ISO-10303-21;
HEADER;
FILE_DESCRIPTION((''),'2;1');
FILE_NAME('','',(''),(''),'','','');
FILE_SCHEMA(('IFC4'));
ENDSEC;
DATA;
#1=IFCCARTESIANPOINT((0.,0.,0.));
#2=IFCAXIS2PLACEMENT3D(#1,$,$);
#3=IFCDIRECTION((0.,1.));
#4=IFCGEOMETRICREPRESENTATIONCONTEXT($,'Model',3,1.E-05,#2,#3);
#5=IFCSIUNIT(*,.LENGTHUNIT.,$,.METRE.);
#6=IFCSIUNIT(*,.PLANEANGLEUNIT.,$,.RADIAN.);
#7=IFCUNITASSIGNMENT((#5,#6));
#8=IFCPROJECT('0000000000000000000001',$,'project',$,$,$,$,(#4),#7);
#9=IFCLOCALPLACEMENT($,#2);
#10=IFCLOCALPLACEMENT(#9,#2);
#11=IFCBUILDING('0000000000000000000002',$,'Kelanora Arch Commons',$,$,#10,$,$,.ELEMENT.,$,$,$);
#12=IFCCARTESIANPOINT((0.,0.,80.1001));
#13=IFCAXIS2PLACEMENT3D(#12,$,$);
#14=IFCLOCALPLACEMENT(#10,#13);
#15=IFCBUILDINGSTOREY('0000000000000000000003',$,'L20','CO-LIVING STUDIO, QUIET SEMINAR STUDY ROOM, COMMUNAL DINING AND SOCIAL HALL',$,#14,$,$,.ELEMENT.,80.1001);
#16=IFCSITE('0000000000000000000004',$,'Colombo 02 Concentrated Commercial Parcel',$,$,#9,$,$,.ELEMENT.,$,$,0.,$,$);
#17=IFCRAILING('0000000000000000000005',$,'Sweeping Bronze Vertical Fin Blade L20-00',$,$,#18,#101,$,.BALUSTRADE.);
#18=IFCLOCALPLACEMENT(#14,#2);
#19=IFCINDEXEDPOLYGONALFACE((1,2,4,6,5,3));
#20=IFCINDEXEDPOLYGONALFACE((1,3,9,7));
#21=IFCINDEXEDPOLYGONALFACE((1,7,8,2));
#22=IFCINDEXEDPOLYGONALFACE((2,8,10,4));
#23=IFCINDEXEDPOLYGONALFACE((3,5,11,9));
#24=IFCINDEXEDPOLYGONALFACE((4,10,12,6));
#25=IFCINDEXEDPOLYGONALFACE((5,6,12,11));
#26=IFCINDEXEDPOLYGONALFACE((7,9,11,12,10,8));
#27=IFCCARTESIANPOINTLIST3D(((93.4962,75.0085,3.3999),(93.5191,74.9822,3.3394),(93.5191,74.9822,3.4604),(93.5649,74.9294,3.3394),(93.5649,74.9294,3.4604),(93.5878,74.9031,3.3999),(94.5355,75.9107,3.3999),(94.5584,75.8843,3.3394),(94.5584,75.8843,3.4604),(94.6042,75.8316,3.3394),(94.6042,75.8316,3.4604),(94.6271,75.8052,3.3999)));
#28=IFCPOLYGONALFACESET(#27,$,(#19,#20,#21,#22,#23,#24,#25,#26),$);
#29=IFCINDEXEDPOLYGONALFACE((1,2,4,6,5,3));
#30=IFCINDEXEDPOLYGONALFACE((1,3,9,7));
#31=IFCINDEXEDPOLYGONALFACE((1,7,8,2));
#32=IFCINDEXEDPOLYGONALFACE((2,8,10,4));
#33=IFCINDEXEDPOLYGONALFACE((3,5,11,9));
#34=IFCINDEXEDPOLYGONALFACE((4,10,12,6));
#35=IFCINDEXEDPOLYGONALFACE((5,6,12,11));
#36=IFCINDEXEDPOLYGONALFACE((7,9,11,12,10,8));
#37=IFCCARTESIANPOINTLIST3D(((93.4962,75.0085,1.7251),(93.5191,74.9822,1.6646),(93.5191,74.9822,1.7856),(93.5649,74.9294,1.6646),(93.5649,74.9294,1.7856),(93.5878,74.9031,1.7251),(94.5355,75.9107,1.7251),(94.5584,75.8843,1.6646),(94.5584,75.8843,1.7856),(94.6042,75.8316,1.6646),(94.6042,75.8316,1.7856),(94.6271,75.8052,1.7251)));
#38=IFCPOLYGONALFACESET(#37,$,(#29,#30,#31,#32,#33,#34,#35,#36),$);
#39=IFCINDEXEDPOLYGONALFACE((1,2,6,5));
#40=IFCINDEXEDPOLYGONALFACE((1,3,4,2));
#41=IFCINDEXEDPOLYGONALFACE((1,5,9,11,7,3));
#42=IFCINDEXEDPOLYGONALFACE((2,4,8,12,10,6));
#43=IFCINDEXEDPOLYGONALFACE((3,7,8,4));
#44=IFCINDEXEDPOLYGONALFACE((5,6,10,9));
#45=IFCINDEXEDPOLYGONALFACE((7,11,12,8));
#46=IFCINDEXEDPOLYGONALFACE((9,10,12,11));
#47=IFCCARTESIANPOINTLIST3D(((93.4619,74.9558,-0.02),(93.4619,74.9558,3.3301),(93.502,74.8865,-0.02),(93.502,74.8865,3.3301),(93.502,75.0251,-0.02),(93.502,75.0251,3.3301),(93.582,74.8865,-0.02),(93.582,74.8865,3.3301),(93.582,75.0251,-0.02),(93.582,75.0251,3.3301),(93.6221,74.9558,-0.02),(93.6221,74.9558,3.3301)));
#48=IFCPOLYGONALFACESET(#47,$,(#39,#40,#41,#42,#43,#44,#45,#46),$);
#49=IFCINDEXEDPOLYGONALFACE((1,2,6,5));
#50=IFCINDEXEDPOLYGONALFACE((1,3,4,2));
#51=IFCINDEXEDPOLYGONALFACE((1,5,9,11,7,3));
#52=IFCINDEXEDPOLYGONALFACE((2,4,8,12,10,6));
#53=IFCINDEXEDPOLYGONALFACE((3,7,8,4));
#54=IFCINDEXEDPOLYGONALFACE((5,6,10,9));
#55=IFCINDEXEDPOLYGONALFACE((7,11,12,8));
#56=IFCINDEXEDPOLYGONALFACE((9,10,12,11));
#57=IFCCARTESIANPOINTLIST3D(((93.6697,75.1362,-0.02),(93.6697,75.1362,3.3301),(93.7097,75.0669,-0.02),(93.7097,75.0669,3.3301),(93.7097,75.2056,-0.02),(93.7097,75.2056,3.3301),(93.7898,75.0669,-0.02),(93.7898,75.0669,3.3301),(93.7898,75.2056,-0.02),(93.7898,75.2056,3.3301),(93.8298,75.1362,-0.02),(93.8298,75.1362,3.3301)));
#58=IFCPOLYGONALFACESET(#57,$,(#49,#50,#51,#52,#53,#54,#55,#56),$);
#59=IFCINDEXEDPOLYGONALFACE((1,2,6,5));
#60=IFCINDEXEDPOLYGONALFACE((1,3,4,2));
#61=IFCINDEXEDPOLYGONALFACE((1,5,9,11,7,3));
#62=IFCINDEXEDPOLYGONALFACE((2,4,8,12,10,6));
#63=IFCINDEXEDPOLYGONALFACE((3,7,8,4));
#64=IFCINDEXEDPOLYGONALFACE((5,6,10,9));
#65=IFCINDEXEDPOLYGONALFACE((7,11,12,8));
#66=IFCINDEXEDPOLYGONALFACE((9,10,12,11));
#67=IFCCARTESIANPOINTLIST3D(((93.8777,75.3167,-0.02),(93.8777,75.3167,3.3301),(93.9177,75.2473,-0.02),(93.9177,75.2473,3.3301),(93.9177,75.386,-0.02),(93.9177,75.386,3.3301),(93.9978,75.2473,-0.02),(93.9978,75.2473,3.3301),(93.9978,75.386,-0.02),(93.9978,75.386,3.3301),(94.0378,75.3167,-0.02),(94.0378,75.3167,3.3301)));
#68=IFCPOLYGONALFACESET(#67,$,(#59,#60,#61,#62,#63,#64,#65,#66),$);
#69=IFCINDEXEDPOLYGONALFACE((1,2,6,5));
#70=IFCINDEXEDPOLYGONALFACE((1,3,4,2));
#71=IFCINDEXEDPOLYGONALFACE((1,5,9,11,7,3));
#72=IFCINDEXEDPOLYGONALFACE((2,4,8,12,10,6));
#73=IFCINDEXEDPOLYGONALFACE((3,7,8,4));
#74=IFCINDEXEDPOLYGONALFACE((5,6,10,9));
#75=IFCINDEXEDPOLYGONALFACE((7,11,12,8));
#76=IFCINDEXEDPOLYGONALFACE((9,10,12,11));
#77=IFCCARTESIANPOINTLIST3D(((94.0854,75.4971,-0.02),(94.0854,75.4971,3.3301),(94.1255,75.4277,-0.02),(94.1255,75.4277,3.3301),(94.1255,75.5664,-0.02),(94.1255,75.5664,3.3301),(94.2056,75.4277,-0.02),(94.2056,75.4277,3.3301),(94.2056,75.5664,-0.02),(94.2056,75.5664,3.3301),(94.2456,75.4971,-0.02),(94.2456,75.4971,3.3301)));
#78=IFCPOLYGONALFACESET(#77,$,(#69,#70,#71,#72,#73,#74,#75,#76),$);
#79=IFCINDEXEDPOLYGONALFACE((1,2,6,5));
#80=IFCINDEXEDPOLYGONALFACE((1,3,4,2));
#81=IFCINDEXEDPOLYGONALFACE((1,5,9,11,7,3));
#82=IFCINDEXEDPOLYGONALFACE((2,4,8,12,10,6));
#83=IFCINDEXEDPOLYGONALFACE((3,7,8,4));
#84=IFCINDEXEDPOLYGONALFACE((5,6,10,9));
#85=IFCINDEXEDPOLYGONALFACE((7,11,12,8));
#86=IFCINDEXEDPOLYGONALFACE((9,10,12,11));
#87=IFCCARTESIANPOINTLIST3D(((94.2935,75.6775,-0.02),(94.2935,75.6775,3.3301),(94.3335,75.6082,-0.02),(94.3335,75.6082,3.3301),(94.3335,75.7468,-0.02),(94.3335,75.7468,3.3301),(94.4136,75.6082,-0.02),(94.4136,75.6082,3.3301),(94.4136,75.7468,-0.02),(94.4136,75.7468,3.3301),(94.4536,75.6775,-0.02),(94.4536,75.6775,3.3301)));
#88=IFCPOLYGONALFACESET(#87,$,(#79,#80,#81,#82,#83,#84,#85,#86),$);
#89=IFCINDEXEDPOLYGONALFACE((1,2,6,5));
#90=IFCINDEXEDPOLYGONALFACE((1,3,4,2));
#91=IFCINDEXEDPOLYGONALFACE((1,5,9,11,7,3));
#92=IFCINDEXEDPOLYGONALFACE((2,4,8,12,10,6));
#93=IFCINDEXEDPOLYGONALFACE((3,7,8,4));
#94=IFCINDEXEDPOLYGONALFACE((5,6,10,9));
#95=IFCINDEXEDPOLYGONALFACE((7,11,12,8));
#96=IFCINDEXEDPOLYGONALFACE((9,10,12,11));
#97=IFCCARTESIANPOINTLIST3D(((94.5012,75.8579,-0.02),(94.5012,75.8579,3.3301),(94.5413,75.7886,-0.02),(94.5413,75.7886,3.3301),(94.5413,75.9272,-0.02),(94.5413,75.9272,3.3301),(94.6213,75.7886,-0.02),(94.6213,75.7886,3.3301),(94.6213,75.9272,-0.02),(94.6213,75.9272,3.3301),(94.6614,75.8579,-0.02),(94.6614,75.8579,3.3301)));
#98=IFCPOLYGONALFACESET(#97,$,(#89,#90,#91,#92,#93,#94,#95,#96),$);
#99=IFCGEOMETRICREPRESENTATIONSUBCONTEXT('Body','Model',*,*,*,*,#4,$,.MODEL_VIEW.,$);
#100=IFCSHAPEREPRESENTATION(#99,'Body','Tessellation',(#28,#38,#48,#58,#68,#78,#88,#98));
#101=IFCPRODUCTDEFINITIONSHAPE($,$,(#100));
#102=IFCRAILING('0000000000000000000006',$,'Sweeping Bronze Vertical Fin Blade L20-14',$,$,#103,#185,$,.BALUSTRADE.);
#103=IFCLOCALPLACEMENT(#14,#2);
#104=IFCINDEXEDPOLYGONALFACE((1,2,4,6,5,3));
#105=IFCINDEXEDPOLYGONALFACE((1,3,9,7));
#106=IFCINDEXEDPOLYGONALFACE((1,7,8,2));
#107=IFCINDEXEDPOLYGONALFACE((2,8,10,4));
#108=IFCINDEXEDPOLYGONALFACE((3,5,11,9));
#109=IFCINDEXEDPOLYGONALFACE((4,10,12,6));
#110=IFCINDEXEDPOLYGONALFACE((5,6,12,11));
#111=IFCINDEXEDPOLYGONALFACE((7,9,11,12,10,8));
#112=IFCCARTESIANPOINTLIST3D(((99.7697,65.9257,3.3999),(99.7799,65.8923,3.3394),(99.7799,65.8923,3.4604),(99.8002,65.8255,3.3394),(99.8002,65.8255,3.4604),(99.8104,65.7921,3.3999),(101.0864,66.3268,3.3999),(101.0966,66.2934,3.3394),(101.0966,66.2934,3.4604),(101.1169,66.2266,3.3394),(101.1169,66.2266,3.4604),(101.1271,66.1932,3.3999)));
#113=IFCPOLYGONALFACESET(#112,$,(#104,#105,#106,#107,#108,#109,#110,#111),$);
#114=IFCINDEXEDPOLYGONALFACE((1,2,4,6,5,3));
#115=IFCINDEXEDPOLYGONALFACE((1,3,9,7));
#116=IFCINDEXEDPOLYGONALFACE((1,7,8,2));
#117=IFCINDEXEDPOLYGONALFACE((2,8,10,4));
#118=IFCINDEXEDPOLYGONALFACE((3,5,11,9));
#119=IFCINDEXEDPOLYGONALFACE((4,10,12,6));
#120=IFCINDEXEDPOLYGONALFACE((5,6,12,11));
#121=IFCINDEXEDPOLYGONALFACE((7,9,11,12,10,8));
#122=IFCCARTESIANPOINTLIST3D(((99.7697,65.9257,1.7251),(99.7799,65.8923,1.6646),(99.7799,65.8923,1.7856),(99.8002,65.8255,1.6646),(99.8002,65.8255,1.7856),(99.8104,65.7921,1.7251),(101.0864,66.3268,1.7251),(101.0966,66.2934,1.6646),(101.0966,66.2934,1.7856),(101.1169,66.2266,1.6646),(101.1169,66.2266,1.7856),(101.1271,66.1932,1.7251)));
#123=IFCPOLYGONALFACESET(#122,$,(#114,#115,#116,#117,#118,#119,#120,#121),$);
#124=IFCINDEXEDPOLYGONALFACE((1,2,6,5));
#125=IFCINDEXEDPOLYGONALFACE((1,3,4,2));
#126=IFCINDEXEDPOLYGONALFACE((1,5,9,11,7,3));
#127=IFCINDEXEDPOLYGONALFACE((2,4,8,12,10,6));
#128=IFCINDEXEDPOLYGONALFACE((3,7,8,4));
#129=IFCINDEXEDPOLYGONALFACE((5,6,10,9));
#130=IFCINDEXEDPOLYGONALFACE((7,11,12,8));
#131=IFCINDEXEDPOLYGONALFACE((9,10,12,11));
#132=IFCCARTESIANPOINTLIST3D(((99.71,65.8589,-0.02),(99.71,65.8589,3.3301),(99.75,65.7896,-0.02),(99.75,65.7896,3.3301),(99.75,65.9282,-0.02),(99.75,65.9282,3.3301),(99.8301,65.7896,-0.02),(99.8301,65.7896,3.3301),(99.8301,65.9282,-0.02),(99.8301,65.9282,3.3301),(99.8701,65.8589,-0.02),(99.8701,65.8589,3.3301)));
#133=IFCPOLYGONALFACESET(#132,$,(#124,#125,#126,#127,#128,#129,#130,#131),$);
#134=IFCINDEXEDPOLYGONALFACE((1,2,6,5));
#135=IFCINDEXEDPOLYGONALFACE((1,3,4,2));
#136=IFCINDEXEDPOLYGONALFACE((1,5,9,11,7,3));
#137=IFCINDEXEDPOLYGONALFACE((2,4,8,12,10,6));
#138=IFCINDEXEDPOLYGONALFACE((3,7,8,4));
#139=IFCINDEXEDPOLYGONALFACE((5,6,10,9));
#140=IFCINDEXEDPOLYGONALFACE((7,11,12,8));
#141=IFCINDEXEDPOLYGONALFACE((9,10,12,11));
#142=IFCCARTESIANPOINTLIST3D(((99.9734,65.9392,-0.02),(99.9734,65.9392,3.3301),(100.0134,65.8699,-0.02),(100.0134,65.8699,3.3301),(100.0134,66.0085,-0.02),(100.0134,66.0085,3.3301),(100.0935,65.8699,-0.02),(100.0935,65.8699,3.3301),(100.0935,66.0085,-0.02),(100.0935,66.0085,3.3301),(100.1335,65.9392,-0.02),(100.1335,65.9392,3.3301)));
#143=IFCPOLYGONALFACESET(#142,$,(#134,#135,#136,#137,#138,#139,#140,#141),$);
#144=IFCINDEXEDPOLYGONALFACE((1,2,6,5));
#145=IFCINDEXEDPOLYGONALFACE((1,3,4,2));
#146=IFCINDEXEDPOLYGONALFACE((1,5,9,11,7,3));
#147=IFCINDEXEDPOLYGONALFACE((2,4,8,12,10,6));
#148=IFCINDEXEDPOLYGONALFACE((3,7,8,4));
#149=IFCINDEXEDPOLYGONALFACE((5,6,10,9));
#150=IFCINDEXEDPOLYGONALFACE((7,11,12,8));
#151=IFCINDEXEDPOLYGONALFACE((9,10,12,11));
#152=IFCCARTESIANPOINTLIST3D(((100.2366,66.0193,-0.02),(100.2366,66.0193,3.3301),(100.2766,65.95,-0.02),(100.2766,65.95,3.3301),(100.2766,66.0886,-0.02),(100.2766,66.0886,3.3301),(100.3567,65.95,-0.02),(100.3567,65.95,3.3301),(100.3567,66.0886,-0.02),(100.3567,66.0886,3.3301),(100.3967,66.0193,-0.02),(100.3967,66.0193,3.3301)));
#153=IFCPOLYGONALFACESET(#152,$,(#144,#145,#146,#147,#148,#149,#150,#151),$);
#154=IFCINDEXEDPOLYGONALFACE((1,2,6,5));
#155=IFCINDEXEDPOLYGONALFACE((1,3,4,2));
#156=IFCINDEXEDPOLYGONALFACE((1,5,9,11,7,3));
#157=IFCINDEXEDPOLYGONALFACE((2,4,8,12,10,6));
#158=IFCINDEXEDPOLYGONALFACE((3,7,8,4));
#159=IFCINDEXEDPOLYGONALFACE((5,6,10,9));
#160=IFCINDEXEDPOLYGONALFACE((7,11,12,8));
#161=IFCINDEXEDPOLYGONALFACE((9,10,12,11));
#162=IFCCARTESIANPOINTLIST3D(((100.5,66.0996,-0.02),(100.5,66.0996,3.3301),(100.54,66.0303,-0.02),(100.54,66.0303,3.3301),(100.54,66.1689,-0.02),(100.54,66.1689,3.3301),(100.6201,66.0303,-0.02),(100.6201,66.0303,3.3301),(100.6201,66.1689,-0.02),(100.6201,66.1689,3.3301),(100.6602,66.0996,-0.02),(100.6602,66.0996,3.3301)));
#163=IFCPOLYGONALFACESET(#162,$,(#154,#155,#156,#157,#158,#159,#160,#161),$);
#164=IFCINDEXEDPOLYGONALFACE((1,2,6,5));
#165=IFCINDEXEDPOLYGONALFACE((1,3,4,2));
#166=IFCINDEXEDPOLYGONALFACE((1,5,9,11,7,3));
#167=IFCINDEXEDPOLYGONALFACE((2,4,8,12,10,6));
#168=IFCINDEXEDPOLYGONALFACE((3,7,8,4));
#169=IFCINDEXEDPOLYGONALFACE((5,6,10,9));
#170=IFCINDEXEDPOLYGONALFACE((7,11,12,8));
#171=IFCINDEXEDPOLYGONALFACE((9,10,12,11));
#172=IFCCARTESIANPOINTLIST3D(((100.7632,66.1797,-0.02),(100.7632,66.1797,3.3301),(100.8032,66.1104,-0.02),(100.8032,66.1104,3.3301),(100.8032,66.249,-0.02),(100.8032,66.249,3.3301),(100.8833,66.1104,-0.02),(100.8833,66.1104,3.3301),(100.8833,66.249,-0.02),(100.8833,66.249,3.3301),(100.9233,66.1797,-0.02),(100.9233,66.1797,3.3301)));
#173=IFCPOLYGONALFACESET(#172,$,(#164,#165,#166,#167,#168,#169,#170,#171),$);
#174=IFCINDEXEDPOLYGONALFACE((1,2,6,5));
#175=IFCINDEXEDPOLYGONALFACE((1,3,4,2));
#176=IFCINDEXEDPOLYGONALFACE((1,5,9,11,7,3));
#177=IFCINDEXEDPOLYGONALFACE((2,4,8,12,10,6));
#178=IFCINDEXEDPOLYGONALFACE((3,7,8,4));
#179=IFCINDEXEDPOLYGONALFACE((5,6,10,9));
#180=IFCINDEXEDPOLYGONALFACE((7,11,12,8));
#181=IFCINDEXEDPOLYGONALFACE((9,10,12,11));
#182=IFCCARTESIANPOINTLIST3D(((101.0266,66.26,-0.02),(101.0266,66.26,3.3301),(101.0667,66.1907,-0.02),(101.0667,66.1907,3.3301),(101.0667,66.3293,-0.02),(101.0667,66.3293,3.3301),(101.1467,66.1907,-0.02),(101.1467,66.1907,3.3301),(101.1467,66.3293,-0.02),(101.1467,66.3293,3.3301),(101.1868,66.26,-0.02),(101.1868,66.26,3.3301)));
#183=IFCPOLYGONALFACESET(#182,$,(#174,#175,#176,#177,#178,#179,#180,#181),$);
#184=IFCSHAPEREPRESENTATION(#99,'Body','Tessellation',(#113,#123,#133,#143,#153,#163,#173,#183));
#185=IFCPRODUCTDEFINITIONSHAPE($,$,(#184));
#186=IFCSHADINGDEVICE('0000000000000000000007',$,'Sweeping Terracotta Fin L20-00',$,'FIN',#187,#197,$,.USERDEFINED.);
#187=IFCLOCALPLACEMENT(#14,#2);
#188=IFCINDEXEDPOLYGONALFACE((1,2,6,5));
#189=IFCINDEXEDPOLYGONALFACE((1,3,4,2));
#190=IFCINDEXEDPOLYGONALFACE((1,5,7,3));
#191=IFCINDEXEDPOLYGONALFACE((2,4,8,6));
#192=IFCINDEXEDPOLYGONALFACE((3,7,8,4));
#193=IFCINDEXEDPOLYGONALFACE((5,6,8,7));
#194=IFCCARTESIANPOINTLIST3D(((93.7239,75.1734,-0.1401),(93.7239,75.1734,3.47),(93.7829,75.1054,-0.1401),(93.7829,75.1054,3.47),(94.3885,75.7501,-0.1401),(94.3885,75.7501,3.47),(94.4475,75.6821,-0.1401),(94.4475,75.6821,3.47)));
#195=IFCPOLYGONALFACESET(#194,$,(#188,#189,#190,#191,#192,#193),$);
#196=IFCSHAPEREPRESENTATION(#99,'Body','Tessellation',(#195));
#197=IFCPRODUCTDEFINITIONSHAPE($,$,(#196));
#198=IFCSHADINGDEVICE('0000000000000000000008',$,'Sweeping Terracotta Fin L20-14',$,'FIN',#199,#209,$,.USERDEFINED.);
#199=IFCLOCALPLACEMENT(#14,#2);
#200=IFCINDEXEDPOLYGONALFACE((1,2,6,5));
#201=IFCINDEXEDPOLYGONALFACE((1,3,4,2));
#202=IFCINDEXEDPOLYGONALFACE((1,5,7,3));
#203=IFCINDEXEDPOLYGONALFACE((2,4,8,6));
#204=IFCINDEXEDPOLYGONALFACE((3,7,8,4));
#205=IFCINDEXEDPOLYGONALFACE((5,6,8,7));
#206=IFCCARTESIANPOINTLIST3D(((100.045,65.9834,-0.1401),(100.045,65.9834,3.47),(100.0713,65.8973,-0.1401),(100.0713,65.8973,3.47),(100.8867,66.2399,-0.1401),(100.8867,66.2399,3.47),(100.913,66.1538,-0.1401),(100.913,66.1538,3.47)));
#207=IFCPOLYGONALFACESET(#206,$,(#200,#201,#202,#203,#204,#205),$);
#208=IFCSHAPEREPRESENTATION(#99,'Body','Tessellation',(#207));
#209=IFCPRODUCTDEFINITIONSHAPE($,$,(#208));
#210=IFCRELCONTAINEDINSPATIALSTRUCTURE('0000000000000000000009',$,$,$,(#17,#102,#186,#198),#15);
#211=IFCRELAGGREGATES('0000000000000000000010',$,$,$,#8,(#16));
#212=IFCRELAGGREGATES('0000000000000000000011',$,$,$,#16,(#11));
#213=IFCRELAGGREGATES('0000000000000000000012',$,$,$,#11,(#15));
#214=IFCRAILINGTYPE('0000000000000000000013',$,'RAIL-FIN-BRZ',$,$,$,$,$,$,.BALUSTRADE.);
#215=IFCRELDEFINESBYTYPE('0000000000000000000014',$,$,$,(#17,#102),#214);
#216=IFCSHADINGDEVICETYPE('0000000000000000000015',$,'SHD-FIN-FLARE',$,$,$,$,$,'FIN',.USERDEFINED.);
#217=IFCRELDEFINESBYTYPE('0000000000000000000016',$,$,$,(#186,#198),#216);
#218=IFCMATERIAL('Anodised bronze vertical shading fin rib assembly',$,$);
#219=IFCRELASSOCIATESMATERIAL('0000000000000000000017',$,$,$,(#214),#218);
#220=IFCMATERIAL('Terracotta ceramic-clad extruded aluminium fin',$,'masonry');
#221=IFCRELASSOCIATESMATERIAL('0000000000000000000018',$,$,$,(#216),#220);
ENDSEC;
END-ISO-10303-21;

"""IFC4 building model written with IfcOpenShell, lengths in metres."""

from ifc_helpers import new_model, si_unit, direction, frame, origin, origin_2d, place, context, subcontext, project, spatial, polyline, rectangle, outline, extrude, source, transform, mapped, material, type_object, element, save


model = new_model("IFC4")

# Units and contexts
model_context = context("Model", 3, precision=1e-05, world=origin(), true_north=direction((0.0, 1.0)))
body_context = subcontext(model_context, "Body", "Model", "MODEL_VIEW")
ifc_project = project(units=[si_unit("LENGTHUNIT", "METRE"), si_unit("PLANEANGLEUNIT", "RADIAN")], contexts=[model_context])

# Site, building, storey
site_placement = place(None, origin())
site = spatial("IfcSite", under=ifc_project, at=site_placement, Name="Colombo 02 Concentrated Commercial Parcel", CompositionType="ELEMENT", RefElevation=0.0)
building_placement = place(site_placement, origin())
building = spatial("IfcBuilding", under=site, at=building_placement, Name="Kelanora Arch Commons", CompositionType="ELEMENT")
storey_placement = place(building_placement, frame((0.0, 0.0, 80.1001)))
storey = spatial("IfcBuildingStorey", under=building, at=storey_placement, Name="L20", Description="CO-LIVING STUDIO, QUIET SEMINAR STUDY ROOM, COMMUNAL DINING AND SOCIAL HALL", CompositionType="ELEMENT", Elevation=80.1001)

# Railings
ifc_material_1 = material(Name="Anodised bronze vertical shading fin rib assembly")
railing_type = type_object("IfcRailingType", Name="RAIL-FIN-BRZ", PredefinedType="BALUSTRADE", material=ifc_material_1)
railing_1_placement = place(storey_placement, frame((93.542, 74.9558, -0.02)))
element("IfcRailing", 1, at=railing_1_placement, inside=storey, type_object=railing_type, Name="Sweeping Bronze Vertical Fin Blade L20-00", PredefinedType="BALUSTRADE", context=body_context, shape_type="SweptSolid", body=[
    extrude(outline(polyline([(0.0698, 0.0), (0.0349, 0.0605), (-0.0349, 0.0605), (-0.0698, 0.0), (-0.0349, -0.0605), (0.0349, -0.0605), (0.0698, 0.0)])), frame((0.0, 0.0, 3.4199), z_axis=(0.755197, 0.655498, 0.0), x_axis=(-0.655498, 0.755197, 0.0)), (0.0, 0.0, 1.0), 1.3762),
    extrude(outline(polyline([(0.0698, 0.0), (0.0349, 0.0605), (-0.0349, 0.0605), (-0.0698, 0.0), (-0.0349, -0.0605), (0.0349, -0.0605), (0.0698, 0.0)])), frame((0.0, 0.0, 1.7451), z_axis=(0.755197, 0.655498, 0.0), x_axis=(-0.655498, 0.755197, 0.0)), (0.0, 0.0, 1.0), 1.3762),
    extrude(outline(polyline([(0.0801, 0.0), (0.04, 0.0693), (-0.04, 0.0693), (-0.0801, 0.0), (-0.04, -0.0693), (0.04, -0.0693), (0.0801, 0.0)])), origin(), (0.0, 0.0, 1.0), 3.3501),
    extrude(outline(polyline([(0.0801, 0.0), (0.04, 0.0693), (-0.04, 0.0693), (-0.0801, 0.0), (-0.04, -0.0693), (0.04, -0.0693), (0.0801, 0.0)])), frame((0.2078, 0.1804, 0.0)), (0.0, 0.0, 1.0), 3.3501),
    extrude(outline(polyline([(0.0801, 0.0), (0.04, 0.0693), (-0.04, 0.0693), (-0.0801, 0.0), (-0.04, -0.0693), (0.04, -0.0693), (0.0801, 0.0)])), frame((0.4158, 0.3608, 0.0)), (0.0, 0.0, 1.0), 3.3501),
    extrude(outline(polyline([(0.0801, 0.0), (0.04, 0.0693), (-0.04, 0.0693), (-0.0801, 0.0), (-0.04, -0.0693), (0.04, -0.0693), (0.0801, 0.0)])), frame((0.6235, 0.5413, 0.0)), (0.0, 0.0, 1.0), 3.3501),
    extrude(outline(polyline([(0.0801, 0.0), (0.04, 0.0693), (-0.04, 0.0693), (-0.0801, 0.0), (-0.04, -0.0693), (0.04, -0.0693), (0.0801, 0.0)])), frame((0.8315, 0.7217, 0.0)), (0.0, 0.0, 1.0), 3.3501),
    extrude(outline(polyline([(0.0801, 0.0), (0.04, 0.0693), (-0.04, 0.0693), (-0.0801, 0.0), (-0.04, -0.0693), (0.04, -0.0693), (0.0801, 0.0)])), frame((1.0393, 0.9021, 0.0)), (0.0, 0.0, 1.0), 3.3501),
])
railing_2_placement = place(storey_placement, frame((99.79, 65.8589, -0.02)))
element("IfcRailing", 2, at=railing_2_placement, inside=storey, type_object=railing_type, Name="Sweeping Bronze Vertical Fin Blade L20-14", PredefinedType="BALUSTRADE", context=body_context, shape_type="SweptSolid", body=[
    extrude(outline(polyline([(0.0698, 0.0), (0.0349, 0.0605), (-0.0349, 0.0605), (-0.0698, 0.0), (-0.0349, -0.0605), (0.0349, -0.0605), (0.0698, 0.0)])), frame((0.0, 0.0, 3.4199), z_axis=(0.956592, 0.29143, 0.0), x_axis=(-0.29143, 0.956592, 0.0)), (0.0, 0.0, 1.0), 1.3765),
    extrude(outline(polyline([(0.0698, 0.0), (0.0349, 0.0605), (-0.0349, 0.0605), (-0.0698, 0.0), (-0.0349, -0.0605), (0.0349, -0.0605), (0.0698, 0.0)])), frame((0.0, 0.0, 1.7451), z_axis=(0.956592, 0.29143, 0.0), x_axis=(-0.29143, 0.956592, 0.0)), (0.0, 0.0, 1.0), 1.3765),
    extrude(outline(polyline([(0.0801, 0.0), (0.04, 0.0693), (-0.04, 0.0693), (-0.0801, 0.0), (-0.04, -0.0693), (0.04, -0.0693), (0.0801, 0.0)])), origin(), (0.0, 0.0, 1.0), 3.3501),
    extrude(outline(polyline([(0.0801, 0.0), (0.04, 0.0693), (-0.04, 0.0693), (-0.0801, 0.0), (-0.04, -0.0693), (0.04, -0.0693), (0.0801, 0.0)])), frame((0.2634, 0.0803, 0.0)), (0.0, 0.0, 1.0), 3.3501),
    extrude(outline(polyline([(0.0801, 0.0), (0.04, 0.0693), (-0.04, 0.0693), (-0.0801, 0.0), (-0.04, -0.0693), (0.04, -0.0693), (0.0801, 0.0)])), frame((0.5266, 0.1604, 0.0)), (0.0, 0.0, 1.0), 3.3501),
    extrude(outline(polyline([(0.0801, 0.0), (0.04, 0.0693), (-0.04, 0.0693), (-0.0801, 0.0), (-0.04, -0.0693), (0.04, -0.0693), (0.0801, 0.0)])), frame((0.79, 0.2407, 0.0)), (0.0, 0.0, 1.0), 3.3501),
    extrude(outline(polyline([(0.0801, 0.0), (0.04, 0.0693), (-0.04, 0.0693), (-0.0801, 0.0), (-0.04, -0.0693), (0.04, -0.0693), (0.0801, 0.0)])), frame((1.0532, 0.3208, 0.0)), (0.0, 0.0, 1.0), 3.3501),
    extrude(outline(polyline([(0.0801, 0.0), (0.04, 0.0693), (-0.04, 0.0693), (-0.0801, 0.0), (-0.04, -0.0693), (0.04, -0.0693), (0.0801, 0.0)])), frame((1.3167, 0.4011, 0.0)), (0.0, 0.0, 1.0), 3.3501),
])

# Shading devices
ifc_material_2 = material(Name="Terracotta ceramic-clad extruded aluminium fin", Category="masonry")
shading_device_type = type_object("IfcShadingDeviceType", Name="SHD-FIN-FLARE", ElementType="FIN", PredefinedType="USERDEFINED", material=ifc_material_2)
shared_shape_1 = source(origin(), body_context, "Body", "SweptSolid", [
    extrude(rectangle(XDim=0.8799, YDim=0.0901, at=origin_2d()), origin(), (0.0, 0.0, 1.0), 3.6101),
])
for number, where, z_axis, x_axis, name in (
    (3, (94.0857, 75.4277, -0.1401), (0.0, 0.0, 1.0), (0.755282, 0.6554, 0.0), "Sweeping Terracotta Fin L20-00"),
    (4, (100.479, 66.0686, -0.1401), (0.0, 0.0, 1.0), (0.95656, 0.291537, 0.0), "Sweeping Terracotta Fin L20-14"),
):
    element("IfcShadingDevice", number, at=place(storey_placement, frame(where, z_axis=z_axis, x_axis=x_axis)), inside=storey, type_object=shading_device_type, Name=name, ObjectType="FIN", PredefinedType="USERDEFINED", context=body_context, shape_type="MappedRepresentation", body=[
        mapped(shared_shape_1, transform((0.0, 0.0, 0.0), scale=1.0)),
    ])

save(model, "model.ifc")
